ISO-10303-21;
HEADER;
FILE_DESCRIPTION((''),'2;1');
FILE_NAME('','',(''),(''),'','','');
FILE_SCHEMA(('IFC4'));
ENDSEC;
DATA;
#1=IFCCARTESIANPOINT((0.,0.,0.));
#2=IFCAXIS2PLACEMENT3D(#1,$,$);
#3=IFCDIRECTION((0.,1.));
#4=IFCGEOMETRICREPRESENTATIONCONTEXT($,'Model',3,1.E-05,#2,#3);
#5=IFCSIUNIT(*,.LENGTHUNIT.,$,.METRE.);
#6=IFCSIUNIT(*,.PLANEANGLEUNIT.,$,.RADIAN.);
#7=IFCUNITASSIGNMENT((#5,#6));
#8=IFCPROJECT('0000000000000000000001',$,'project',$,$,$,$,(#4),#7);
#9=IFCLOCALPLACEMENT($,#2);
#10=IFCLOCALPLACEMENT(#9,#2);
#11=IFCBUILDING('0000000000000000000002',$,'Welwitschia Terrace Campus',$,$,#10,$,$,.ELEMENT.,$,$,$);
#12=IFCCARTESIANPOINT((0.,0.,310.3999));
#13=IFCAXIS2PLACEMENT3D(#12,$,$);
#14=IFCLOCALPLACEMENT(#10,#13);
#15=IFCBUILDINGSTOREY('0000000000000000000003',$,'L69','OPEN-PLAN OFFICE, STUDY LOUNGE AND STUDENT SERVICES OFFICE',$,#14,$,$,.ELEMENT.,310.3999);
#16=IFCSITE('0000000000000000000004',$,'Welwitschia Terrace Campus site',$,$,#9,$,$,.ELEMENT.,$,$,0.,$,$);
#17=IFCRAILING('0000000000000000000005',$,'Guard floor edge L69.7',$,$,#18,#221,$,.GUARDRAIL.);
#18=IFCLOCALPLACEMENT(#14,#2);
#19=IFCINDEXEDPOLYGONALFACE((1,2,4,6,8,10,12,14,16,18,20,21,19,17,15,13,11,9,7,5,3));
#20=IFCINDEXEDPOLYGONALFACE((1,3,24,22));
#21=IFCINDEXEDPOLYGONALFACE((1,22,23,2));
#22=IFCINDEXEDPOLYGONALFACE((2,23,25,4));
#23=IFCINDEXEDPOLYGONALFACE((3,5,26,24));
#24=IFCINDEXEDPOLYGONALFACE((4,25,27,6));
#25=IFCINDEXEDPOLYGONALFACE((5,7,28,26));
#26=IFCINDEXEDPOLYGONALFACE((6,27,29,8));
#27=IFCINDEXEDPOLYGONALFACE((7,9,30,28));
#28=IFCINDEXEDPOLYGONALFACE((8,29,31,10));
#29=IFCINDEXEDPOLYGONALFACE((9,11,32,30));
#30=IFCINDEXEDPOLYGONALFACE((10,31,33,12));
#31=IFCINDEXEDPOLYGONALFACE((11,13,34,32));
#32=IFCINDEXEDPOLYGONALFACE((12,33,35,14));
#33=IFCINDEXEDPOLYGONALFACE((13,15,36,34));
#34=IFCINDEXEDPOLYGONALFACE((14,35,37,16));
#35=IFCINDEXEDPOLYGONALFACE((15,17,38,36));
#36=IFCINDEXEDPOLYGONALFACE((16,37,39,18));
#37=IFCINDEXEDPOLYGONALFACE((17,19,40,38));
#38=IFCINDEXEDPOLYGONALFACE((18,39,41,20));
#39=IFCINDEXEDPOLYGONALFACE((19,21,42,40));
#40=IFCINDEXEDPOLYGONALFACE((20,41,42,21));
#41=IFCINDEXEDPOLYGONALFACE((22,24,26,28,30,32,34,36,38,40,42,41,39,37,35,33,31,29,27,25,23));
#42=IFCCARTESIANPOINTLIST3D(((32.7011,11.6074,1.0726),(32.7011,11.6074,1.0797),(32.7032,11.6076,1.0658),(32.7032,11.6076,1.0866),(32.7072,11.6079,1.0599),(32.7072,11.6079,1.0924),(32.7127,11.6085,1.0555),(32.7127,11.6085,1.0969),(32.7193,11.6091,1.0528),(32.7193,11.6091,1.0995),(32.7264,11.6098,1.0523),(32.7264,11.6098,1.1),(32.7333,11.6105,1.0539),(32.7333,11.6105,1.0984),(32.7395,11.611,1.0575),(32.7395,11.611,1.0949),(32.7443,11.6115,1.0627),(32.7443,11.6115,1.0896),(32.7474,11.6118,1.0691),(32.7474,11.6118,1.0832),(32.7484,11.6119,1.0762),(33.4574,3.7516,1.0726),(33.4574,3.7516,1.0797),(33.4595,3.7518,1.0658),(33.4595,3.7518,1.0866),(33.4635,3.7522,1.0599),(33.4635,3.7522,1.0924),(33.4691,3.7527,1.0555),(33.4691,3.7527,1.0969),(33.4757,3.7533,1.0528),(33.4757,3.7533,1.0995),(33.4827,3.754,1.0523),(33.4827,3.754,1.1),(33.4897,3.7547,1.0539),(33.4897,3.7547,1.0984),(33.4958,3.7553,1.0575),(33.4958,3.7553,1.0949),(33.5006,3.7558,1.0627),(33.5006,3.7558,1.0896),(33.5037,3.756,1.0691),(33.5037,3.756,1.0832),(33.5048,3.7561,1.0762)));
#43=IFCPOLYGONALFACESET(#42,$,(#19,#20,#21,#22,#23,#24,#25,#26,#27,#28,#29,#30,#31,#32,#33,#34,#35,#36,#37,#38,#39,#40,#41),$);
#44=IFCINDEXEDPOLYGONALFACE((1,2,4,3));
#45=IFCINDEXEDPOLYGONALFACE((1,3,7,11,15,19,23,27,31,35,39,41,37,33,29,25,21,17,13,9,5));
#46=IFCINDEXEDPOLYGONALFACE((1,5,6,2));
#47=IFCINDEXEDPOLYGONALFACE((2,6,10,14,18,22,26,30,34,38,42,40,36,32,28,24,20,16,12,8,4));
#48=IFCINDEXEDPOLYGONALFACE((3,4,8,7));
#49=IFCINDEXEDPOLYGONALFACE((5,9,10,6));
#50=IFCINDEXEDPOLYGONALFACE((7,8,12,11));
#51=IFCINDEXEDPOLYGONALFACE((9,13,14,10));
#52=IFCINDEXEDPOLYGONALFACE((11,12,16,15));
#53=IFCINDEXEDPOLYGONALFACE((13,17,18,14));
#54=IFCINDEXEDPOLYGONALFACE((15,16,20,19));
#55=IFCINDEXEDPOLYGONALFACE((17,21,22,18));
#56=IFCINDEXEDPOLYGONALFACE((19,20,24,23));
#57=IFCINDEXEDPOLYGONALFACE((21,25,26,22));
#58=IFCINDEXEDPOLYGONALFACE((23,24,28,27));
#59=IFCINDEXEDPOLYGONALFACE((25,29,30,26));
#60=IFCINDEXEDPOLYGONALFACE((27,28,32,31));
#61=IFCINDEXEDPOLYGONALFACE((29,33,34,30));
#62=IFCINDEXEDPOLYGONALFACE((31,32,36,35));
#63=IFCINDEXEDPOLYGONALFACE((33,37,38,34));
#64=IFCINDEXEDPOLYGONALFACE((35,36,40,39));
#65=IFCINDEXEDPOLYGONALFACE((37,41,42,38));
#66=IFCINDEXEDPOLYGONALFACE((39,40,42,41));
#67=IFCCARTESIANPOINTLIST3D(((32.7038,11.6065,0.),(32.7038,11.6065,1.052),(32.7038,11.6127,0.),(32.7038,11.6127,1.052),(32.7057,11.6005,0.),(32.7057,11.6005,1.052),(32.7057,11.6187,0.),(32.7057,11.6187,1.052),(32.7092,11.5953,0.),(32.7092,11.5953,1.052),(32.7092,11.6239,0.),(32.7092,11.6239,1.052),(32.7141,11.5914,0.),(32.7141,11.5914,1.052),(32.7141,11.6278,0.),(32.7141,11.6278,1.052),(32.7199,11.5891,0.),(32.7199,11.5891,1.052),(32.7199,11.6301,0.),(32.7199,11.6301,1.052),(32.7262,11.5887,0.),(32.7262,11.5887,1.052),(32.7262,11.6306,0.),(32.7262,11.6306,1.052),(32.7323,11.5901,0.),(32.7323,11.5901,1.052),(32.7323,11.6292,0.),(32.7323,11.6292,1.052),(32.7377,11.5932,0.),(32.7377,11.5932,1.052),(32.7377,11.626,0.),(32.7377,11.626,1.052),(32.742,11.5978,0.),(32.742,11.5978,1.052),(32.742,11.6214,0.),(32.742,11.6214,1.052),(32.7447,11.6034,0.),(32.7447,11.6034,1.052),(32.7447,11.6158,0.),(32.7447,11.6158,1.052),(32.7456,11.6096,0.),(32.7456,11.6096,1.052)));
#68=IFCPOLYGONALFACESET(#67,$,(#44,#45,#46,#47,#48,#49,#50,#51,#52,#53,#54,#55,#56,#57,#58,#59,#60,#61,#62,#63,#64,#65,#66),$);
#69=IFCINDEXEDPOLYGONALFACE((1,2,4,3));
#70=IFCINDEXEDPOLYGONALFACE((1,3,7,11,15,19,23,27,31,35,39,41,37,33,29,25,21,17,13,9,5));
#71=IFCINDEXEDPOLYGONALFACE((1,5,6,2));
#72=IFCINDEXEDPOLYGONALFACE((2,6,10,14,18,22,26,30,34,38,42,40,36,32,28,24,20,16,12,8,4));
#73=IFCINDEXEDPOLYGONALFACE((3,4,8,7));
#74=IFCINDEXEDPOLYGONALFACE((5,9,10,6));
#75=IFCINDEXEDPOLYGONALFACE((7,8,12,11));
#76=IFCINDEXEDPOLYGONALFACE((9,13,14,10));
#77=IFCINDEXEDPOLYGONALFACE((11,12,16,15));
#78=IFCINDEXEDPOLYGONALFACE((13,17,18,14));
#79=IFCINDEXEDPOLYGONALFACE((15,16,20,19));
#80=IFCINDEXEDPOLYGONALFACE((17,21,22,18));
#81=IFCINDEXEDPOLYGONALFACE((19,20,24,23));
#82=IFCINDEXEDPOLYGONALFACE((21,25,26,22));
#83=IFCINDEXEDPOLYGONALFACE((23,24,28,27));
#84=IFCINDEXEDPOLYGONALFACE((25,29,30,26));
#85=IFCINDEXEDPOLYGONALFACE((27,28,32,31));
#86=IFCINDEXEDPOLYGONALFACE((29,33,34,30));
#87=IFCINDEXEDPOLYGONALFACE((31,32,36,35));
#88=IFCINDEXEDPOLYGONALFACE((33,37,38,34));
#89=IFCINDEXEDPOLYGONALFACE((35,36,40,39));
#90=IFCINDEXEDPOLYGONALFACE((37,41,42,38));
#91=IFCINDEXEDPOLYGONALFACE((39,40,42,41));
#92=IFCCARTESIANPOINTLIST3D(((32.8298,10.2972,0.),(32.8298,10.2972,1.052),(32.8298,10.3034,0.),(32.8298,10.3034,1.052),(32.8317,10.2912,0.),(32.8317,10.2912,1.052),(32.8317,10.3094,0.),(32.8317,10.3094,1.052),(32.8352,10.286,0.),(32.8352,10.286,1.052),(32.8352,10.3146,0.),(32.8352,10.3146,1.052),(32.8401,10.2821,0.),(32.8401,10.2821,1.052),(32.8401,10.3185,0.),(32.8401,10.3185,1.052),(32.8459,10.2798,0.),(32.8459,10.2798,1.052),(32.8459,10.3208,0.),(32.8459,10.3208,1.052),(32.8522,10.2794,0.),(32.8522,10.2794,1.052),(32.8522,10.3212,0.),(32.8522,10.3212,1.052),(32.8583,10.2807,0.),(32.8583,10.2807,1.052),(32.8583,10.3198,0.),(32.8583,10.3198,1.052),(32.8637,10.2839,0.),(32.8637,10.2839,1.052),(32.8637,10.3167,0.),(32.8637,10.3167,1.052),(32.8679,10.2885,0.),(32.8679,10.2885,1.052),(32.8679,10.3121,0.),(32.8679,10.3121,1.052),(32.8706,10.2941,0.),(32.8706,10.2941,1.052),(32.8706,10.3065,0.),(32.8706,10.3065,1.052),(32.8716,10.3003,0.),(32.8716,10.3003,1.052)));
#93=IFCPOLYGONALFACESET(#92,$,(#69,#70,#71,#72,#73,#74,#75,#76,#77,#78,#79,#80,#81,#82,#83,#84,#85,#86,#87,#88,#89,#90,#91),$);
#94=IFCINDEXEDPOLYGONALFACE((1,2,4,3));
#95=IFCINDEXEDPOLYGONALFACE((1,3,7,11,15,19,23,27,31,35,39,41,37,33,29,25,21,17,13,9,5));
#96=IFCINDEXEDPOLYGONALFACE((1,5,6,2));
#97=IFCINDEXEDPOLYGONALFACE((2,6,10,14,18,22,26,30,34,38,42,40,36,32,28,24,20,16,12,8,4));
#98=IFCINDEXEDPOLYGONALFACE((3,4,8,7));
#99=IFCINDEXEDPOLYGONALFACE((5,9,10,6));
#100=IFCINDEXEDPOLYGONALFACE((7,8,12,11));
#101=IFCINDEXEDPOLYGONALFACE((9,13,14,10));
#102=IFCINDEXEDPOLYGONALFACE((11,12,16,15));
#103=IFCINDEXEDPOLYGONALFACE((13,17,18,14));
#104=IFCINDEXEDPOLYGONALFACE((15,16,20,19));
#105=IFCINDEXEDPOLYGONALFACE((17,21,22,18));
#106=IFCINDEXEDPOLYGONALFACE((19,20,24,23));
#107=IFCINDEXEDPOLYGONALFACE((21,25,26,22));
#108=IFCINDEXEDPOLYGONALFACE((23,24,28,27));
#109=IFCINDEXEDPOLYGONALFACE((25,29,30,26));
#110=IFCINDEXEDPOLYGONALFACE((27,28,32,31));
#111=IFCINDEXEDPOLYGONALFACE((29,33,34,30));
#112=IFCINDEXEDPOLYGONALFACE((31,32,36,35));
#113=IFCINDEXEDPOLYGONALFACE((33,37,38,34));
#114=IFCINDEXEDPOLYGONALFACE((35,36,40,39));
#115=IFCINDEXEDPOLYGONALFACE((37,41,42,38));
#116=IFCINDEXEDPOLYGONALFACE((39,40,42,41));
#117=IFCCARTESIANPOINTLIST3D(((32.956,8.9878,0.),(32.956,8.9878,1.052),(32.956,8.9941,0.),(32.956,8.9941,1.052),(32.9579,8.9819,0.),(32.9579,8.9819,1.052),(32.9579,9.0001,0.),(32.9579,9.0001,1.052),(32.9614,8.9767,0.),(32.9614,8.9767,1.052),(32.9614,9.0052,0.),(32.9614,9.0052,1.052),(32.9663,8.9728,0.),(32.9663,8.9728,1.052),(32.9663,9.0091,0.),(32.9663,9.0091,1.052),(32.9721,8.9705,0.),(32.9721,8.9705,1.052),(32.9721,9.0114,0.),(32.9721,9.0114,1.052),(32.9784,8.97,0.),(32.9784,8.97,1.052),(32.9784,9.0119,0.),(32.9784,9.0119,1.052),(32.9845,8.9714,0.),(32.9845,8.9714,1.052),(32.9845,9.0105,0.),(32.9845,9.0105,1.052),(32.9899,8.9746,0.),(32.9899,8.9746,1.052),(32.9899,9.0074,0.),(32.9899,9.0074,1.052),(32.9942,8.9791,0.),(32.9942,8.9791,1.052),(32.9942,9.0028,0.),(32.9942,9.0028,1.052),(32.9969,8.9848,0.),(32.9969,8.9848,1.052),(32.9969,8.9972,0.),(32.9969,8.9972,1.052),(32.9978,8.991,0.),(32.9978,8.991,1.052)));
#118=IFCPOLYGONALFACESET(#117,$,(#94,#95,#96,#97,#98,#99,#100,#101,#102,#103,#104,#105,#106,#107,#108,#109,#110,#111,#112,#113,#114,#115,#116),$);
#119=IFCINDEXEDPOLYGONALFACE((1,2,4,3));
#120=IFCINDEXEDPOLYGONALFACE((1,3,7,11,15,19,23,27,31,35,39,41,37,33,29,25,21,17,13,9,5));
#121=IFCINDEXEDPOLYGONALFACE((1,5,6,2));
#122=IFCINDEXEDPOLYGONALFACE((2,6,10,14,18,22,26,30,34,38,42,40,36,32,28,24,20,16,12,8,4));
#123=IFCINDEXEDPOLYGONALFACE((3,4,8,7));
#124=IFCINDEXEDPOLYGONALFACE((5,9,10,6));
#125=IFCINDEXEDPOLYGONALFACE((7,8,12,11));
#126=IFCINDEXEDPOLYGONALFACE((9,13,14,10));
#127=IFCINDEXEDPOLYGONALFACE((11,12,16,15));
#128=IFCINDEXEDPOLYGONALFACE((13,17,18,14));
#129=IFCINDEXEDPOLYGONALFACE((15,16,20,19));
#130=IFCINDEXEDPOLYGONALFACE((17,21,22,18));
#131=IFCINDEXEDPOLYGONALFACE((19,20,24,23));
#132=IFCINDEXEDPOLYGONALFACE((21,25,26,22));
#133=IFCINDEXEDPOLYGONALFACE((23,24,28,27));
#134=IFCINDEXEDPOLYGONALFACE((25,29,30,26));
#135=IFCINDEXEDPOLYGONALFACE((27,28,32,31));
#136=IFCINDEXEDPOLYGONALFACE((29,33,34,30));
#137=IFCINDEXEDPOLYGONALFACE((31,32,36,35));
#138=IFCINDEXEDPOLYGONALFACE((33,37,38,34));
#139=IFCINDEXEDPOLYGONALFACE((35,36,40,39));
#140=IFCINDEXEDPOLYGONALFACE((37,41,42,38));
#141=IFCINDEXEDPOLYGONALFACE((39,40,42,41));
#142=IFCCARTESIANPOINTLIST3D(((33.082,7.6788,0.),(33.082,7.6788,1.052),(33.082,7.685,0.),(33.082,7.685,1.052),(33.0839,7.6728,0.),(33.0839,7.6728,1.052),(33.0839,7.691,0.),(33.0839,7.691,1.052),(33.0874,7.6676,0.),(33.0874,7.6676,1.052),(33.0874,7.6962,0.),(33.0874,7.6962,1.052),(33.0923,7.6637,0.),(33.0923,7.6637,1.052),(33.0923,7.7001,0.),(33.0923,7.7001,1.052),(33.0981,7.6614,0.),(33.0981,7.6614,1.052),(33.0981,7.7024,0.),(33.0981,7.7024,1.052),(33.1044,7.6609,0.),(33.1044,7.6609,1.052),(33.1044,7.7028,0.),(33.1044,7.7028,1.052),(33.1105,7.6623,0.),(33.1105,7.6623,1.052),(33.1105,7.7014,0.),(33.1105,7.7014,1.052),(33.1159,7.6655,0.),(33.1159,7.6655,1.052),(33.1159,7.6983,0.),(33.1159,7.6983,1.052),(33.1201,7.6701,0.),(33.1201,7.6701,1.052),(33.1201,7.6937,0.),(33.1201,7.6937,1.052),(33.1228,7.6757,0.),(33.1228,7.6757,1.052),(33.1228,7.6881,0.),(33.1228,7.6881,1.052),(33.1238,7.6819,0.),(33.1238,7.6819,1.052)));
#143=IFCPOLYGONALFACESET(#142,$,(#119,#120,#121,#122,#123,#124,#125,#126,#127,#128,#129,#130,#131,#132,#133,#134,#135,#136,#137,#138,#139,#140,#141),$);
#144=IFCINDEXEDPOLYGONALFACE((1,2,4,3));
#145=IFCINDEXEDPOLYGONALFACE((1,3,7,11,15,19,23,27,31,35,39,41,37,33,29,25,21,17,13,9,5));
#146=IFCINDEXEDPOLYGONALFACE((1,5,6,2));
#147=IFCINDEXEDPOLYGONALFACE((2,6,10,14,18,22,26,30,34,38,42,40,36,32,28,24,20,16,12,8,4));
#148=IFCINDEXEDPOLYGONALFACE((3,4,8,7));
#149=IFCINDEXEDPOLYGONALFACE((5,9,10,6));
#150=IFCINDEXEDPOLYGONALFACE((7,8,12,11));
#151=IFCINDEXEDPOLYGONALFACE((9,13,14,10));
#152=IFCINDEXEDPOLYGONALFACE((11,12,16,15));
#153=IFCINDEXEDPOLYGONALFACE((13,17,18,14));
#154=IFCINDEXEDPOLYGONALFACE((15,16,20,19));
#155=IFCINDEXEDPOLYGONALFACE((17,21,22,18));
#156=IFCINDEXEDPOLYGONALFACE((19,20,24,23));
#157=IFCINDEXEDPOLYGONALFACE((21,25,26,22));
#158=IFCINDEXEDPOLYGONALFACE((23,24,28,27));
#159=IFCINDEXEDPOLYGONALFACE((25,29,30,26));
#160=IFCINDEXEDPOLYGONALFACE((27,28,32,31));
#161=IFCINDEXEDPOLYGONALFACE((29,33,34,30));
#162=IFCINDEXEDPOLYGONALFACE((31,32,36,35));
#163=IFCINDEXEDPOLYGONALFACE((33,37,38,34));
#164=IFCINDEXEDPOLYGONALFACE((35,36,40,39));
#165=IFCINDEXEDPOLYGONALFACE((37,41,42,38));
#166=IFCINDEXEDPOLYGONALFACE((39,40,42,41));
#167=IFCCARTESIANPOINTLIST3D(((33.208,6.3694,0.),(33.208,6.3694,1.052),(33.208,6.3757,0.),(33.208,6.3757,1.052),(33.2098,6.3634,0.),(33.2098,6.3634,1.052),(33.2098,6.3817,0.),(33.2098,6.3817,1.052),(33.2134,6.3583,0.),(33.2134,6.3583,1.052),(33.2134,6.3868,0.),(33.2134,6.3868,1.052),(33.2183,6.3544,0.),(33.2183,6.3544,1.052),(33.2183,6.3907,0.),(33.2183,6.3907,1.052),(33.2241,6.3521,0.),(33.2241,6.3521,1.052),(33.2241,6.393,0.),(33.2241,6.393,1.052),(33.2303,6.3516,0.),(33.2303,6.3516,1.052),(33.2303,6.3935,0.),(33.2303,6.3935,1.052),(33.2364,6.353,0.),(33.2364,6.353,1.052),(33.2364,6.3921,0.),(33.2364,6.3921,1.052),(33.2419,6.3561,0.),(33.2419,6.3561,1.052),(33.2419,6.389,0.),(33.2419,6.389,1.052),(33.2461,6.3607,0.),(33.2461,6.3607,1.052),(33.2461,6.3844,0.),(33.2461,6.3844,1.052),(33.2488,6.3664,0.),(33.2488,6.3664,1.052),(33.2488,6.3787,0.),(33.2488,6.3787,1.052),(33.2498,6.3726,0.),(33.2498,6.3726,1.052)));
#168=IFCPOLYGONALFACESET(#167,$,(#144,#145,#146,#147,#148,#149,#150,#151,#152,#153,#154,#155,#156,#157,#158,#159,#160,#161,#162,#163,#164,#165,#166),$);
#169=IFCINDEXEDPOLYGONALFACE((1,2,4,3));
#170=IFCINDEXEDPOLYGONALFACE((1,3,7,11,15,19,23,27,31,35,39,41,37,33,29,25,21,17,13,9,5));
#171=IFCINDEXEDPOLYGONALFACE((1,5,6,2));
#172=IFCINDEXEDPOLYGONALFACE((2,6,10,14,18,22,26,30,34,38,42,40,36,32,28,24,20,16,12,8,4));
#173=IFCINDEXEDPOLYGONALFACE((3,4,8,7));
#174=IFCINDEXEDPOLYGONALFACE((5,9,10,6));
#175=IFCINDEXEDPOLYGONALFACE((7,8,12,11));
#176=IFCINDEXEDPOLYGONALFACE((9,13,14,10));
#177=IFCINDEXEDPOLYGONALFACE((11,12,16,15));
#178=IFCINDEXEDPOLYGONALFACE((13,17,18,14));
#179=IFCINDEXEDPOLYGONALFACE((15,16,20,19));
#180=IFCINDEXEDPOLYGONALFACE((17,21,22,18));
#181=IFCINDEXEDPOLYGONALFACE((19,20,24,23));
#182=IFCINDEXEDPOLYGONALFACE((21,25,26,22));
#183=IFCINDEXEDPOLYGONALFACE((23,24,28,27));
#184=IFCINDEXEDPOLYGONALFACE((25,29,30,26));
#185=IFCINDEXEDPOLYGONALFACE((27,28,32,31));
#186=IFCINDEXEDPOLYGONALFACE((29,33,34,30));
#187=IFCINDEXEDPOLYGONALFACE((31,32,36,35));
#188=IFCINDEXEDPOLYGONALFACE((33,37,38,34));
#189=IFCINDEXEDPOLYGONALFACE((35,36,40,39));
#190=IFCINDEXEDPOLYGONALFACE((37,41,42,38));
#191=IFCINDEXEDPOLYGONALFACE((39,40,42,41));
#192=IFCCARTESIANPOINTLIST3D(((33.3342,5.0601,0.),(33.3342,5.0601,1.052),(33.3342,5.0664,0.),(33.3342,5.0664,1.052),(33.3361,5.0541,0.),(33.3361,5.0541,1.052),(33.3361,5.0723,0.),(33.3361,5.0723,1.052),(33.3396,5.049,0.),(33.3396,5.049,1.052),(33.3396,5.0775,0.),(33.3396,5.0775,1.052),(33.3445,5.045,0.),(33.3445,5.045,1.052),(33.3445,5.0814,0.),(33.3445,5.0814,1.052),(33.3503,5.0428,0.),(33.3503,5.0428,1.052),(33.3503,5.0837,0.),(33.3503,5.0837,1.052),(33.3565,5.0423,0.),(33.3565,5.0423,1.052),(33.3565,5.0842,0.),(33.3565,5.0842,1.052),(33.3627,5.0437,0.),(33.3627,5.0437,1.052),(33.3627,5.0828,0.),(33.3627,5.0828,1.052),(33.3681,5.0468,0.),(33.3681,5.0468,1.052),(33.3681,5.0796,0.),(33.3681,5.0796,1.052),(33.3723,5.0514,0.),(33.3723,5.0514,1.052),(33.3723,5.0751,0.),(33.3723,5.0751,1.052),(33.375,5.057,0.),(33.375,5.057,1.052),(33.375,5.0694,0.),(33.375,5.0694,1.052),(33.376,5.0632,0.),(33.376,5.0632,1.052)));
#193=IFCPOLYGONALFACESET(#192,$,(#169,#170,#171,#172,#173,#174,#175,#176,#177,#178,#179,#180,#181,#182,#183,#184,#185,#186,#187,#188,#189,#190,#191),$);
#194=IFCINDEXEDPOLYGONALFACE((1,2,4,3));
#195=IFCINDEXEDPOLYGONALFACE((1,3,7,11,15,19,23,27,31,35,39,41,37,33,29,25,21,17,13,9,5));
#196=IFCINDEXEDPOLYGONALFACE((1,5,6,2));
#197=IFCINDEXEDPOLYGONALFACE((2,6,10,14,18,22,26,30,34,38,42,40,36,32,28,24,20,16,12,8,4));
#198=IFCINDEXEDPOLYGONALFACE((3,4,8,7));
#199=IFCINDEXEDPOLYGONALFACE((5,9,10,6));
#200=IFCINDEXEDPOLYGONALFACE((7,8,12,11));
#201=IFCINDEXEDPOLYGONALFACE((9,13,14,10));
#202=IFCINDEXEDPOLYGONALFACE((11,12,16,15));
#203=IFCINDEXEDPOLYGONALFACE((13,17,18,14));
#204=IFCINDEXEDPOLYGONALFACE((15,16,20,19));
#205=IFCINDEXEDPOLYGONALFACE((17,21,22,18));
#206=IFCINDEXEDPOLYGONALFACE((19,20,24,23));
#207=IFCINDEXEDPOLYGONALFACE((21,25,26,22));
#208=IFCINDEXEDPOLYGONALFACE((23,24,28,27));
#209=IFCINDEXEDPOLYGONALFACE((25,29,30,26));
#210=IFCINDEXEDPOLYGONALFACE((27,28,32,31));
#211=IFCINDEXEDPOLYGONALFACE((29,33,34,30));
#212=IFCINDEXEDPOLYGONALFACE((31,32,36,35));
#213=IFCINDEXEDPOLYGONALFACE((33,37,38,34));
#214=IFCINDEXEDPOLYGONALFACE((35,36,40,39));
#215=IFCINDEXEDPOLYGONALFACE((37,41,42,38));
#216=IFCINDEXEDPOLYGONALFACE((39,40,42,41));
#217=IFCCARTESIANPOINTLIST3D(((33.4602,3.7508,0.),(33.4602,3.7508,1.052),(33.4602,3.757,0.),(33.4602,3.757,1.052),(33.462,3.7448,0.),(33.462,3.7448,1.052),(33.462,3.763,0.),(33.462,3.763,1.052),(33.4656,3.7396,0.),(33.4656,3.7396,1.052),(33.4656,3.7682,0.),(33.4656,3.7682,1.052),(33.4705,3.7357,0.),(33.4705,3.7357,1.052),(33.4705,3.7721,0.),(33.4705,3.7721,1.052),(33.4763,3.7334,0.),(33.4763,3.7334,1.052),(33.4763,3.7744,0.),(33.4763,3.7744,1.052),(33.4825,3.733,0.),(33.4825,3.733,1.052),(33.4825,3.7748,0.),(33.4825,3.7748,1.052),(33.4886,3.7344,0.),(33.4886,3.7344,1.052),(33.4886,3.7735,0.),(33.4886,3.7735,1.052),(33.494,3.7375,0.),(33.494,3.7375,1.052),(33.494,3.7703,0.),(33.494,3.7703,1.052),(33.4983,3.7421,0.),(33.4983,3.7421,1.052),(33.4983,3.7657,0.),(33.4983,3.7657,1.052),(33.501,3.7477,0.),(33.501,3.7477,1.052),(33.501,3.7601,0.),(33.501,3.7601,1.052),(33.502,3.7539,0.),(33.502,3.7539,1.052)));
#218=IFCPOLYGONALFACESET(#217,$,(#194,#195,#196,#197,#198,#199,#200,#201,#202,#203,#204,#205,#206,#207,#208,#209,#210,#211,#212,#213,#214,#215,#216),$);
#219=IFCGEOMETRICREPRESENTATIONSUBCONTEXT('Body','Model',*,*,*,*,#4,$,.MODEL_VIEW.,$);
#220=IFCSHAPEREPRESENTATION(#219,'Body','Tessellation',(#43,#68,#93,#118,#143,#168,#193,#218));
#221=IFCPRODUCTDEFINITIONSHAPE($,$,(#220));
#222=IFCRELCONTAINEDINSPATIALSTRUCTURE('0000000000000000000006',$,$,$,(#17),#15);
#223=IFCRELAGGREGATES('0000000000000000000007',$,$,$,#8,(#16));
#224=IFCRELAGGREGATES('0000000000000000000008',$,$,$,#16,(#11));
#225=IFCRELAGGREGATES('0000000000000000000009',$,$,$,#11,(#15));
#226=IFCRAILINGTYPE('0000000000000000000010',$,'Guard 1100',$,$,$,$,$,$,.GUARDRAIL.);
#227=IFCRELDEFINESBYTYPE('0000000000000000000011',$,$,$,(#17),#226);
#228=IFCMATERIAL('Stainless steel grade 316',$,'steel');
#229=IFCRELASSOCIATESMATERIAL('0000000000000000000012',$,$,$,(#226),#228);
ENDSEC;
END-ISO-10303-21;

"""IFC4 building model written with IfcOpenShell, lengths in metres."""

from ifc_helpers import new_model, si_unit, direction, frame, origin, origin_2d, place, context, subcontext, project, spatial, circle, extrude, material, type_object, element, save


model = new_model("IFC4")

# Units and contexts
model_context = context("Model", 3, precision=1e-05, world=origin(), true_north=direction((0.0, 1.0)))
body_context = subcontext(model_context, "Body", "Model", "MODEL_VIEW")
ifc_project = project(units=[si_unit("LENGTHUNIT", "METRE"), si_unit("PLANEANGLEUNIT", "RADIAN")], contexts=[model_context])

# Site, building, storey
site_placement = place(None, origin())
site = spatial("IfcSite", under=ifc_project, at=site_placement, Name="Welwitschia Terrace Campus site", CompositionType="ELEMENT", RefElevation=0.0)
building_placement = place(site_placement, origin())
building = spatial("IfcBuilding", under=site, at=building_placement, Name="Welwitschia Terrace Campus", CompositionType="ELEMENT")
storey_placement = place(building_placement, frame((0.0, 0.0, 310.3999)))
storey = spatial("IfcBuildingStorey", under=building, at=storey_placement, Name="L69", Description="OPEN-PLAN OFFICE, STUDY LOUNGE AND STUDENT SERVICES OFFICE", CompositionType="ELEMENT", Elevation=310.3999)

# Railing
ifc_material_1 = material(Name="Stainless steel grade 316", Category="steel")
railing_type = type_object("IfcRailingType", Name="Guard 1100", PredefinedType="GUARDRAIL", material=ifc_material_1)
railing_1_placement = place(storey_placement, frame((32.7246, 11.6096, 0.0)))
element("IfcRailing", 1, at=railing_1_placement, inside=storey, type_object=railing_type, Name="Guard floor edge L69.7", PredefinedType="GUARDRAIL", context=body_context, shape_type="SweptSolid", body=[
    extrude(circle(Radius=0.0239, at=origin_2d()), frame((0.0, 0.0, 1.0762), z_axis=(0.095837, -0.995397, 0.0), x_axis=(0.995397, 0.095837, 0.0)), (0.0, 0.0, 1.0), 7.8921),
    extrude(circle(Radius=0.021, at=origin_2d()), origin(), (0.0, 0.0, 1.0), 1.052),
    extrude(circle(Radius=0.021, at=origin_2d()), frame((0.126, -1.3093, 0.0)), (0.0, 0.0, 1.0), 1.052),
    extrude(circle(Radius=0.021, at=origin_2d()), frame((0.2522, -2.6187, 0.0)), (0.0, 0.0, 1.0), 1.052),
    extrude(circle(Radius=0.021, at=origin_2d()), frame((0.3782, -3.9277, 0.0)), (0.0, 0.0, 1.0), 1.052),
    extrude(circle(Radius=0.021, at=origin_2d()), frame((0.5042, -5.2371, 0.0)), (0.0, 0.0, 1.0), 1.052),
    extrude(circle(Radius=0.021, at=origin_2d()), frame((0.6304, -6.5464, 0.0)), (0.0, 0.0, 1.0), 1.052),
    extrude(circle(Radius=0.021, at=origin_2d()), frame((0.7563, -7.8557, 0.0)), (0.0, 0.0, 1.0), 1.052),
])

save(model, "model.ifc")
